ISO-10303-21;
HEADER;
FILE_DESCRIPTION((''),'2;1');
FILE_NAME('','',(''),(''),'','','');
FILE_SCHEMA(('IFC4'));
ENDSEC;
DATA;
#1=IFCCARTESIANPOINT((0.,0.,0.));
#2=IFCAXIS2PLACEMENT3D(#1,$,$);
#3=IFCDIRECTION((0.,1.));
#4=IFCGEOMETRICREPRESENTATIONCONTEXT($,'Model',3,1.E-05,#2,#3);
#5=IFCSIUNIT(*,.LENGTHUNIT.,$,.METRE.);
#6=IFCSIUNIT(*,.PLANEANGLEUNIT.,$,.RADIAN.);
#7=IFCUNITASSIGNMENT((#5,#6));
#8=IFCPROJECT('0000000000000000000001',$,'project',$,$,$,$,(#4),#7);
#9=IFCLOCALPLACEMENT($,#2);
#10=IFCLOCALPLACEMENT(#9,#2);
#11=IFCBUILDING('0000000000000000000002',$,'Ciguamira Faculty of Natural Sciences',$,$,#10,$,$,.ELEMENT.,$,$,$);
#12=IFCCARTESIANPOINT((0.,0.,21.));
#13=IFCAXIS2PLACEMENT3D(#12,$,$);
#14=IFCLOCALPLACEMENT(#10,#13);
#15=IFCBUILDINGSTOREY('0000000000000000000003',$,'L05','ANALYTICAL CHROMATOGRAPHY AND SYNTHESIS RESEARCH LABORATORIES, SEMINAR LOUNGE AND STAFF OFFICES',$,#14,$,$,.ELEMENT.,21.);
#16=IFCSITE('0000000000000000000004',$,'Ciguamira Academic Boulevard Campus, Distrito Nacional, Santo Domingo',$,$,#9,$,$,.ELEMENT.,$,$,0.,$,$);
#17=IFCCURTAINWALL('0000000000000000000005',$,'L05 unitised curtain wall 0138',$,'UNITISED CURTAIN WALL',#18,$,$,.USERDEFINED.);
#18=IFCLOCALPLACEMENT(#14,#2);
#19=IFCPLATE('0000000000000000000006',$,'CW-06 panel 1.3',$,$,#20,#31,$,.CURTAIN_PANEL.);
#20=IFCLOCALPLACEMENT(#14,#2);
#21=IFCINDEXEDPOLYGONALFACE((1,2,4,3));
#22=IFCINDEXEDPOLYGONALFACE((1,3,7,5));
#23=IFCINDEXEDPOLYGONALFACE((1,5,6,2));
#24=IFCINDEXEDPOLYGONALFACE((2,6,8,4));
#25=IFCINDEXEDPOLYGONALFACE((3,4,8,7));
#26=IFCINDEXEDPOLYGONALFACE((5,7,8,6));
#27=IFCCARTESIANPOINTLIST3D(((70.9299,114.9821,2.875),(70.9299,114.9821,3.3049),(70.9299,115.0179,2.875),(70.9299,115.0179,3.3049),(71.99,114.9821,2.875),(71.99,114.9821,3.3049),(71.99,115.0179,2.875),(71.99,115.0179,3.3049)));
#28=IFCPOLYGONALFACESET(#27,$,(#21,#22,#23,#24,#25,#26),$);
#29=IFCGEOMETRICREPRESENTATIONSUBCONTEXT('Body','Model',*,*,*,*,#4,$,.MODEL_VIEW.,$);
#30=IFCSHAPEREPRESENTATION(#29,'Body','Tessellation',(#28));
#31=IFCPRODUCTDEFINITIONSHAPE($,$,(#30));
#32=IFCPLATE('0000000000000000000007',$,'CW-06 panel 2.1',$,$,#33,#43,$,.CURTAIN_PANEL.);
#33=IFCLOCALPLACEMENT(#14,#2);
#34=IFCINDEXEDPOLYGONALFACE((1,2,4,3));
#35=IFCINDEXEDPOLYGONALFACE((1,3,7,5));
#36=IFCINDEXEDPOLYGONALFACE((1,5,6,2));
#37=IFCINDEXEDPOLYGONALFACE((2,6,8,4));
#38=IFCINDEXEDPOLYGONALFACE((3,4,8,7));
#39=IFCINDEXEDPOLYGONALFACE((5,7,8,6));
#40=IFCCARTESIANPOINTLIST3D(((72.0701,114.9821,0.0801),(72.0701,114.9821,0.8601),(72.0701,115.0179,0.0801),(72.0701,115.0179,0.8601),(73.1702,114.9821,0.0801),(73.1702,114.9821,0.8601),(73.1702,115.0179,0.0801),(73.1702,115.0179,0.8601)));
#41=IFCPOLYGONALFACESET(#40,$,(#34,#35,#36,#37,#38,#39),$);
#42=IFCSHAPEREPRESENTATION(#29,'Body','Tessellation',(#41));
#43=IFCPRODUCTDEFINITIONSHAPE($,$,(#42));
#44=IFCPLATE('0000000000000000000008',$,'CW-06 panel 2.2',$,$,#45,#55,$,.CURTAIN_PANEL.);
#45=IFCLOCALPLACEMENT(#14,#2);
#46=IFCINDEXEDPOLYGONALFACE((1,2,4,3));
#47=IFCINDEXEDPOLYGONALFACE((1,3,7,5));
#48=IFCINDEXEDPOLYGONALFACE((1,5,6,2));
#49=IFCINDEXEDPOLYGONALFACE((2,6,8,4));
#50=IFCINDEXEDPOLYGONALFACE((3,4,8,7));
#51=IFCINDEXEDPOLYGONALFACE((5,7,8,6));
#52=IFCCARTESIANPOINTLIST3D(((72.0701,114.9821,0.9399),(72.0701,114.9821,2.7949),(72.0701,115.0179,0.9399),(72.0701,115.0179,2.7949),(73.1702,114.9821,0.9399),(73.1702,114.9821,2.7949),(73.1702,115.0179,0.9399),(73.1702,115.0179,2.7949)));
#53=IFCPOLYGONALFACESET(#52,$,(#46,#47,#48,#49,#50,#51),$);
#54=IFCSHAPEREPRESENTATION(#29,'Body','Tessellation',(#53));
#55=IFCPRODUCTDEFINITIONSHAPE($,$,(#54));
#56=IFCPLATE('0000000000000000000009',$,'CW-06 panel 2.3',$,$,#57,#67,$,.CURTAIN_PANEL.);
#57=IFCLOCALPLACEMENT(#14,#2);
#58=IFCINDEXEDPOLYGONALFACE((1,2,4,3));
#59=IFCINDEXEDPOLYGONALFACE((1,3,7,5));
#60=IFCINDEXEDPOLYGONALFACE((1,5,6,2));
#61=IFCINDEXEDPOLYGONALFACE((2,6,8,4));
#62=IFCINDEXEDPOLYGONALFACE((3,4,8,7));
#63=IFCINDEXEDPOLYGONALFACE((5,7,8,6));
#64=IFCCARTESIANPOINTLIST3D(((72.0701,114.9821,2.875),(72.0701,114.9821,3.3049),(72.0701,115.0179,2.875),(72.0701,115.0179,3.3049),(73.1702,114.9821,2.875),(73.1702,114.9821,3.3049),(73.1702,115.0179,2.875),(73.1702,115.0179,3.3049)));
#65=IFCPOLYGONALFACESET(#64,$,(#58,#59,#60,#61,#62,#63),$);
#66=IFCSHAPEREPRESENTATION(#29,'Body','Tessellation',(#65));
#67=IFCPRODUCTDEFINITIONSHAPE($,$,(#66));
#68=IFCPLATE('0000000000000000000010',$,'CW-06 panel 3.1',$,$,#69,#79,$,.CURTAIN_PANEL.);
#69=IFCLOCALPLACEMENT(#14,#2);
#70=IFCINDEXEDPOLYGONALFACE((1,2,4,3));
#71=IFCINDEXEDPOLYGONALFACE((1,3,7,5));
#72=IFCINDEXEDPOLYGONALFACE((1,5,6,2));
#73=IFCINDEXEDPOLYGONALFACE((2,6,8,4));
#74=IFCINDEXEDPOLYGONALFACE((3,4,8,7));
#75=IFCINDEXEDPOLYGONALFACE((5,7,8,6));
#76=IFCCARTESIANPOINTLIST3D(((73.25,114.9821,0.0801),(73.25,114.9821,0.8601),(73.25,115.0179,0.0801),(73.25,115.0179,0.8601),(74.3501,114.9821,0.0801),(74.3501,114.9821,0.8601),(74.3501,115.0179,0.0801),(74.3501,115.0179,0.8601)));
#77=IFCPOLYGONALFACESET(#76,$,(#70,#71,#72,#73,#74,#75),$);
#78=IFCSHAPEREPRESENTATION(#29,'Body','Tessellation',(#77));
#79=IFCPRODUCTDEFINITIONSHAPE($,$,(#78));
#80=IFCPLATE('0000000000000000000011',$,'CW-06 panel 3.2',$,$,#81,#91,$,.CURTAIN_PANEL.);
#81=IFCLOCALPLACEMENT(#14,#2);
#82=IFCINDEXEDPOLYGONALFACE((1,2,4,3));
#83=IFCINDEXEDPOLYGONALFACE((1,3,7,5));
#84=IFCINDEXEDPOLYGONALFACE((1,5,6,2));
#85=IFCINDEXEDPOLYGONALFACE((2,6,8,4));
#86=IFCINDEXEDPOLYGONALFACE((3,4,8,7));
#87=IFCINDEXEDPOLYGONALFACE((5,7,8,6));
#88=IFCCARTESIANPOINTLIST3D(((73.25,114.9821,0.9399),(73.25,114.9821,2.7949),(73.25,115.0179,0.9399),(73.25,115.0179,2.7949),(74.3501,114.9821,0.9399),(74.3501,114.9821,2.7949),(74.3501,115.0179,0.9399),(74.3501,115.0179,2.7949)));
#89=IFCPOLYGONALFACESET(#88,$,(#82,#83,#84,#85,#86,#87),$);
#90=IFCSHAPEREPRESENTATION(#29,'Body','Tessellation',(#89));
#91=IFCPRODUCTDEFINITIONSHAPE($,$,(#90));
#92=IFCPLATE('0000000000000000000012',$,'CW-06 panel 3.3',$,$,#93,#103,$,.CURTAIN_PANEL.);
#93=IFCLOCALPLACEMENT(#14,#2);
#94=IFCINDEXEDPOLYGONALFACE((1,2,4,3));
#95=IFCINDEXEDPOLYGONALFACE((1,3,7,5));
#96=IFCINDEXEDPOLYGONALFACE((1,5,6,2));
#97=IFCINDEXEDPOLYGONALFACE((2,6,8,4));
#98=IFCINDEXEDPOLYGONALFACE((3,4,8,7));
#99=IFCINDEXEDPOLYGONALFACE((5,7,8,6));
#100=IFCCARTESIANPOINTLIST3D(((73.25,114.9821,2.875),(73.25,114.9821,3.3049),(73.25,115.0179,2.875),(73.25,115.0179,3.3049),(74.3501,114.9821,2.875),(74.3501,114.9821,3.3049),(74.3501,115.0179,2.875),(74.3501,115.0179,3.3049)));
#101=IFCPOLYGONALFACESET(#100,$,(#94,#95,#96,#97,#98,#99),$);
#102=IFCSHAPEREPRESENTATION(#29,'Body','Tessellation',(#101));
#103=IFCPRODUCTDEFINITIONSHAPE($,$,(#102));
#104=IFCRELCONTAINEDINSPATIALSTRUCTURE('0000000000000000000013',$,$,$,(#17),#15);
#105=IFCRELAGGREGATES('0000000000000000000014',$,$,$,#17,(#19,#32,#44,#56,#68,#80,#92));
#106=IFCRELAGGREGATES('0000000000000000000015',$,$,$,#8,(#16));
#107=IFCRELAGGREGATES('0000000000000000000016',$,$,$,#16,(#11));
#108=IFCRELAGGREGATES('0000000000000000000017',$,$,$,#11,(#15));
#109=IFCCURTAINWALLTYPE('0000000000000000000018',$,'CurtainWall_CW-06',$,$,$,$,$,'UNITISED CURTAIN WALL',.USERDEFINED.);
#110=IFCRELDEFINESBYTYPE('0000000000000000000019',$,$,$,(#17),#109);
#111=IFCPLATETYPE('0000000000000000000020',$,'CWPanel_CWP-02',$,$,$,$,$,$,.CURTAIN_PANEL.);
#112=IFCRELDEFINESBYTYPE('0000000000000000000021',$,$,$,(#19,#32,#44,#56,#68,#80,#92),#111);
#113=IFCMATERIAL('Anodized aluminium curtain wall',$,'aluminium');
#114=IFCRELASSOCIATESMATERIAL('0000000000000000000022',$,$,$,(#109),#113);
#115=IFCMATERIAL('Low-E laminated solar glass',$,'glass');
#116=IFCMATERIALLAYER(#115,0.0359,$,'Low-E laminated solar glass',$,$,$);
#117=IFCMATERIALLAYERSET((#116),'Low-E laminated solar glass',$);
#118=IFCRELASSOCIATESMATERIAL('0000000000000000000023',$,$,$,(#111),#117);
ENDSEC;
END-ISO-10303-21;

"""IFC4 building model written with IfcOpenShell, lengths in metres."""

from ifc_helpers import new_model, si_unit, direction, frame, origin, origin_2d, place, context, subcontext, project, spatial, rectangle, extrude, material, layer, layer_set, type_object, element, aggregate, save


model = new_model("IFC4")

# Units and contexts
model_context = context("Model", 3, precision=1e-05, world=origin(), true_north=direction((0.0, 1.0)))
body_context = subcontext(model_context, "Body", "Model", "MODEL_VIEW")
ifc_project = project(units=[si_unit("LENGTHUNIT", "METRE"), si_unit("PLANEANGLEUNIT", "RADIAN")], contexts=[model_context])

# Site, building, storey
site_placement = place(None, origin())
site = spatial("IfcSite", under=ifc_project, at=site_placement, Name="Ciguamira Academic Boulevard Campus, Distrito Nacional, Santo Domingo", CompositionType="ELEMENT", RefElevation=0.0)
building_placement = place(site_placement, origin())
building = spatial("IfcBuilding", under=site, at=building_placement, Name="Ciguamira Faculty of Natural Sciences", CompositionType="ELEMENT")
storey_placement = place(building_placement, frame((0.0, 0.0, 21.0)))
storey = spatial("IfcBuildingStorey", under=building, at=storey_placement, Name="L05", Description="ANALYTICAL CHROMATOGRAPHY AND SYNTHESIS RESEARCH LABORATORIES, SEMINAR LOUNGE AND STAFF OFFICES", CompositionType="ELEMENT", Elevation=21.0)

# Curtain wall
ifc_material_1 = material(Name="Anodized aluminium curtain wall", Category="aluminium")
curtain_wall_type = type_object("IfcCurtainWallType", Name="CurtainWall_CW-06", ElementType="UNITISED CURTAIN WALL", PredefinedType="USERDEFINED", material=ifc_material_1)
curtain_wall_placement = place(storey_placement, origin())
curtain_wall = element("IfcCurtainWall", 1, at=curtain_wall_placement, inside=storey, type_object=curtain_wall_type, Name="L05 unitised curtain wall 0138", ObjectType="UNITISED CURTAIN WALL", PredefinedType="USERDEFINED")

# Plates
ifc_material_2 = material(Name="Low-E laminated solar glass", Category="glass")
ifc_layer = layer(ifc_material_2, 0.0359, Name="Low-E laminated solar glass")
ifc_layer_set = layer_set([ifc_layer], Name="Low-E laminated solar glass")
plate_type = type_object("IfcPlateType", Name="CWPanel_CWP-02", PredefinedType="CURTAIN_PANEL", material=ifc_layer_set)
plate_1_placement = place(storey_placement, frame((71.46, 115.0, 2.875), z_axis=(0.0, 0.0, 1.0), x_axis=(1.0, 0.0, 0.0)))
plate_1 = element("IfcPlate", 2, at=plate_1_placement, type_object=plate_type, Name="CW-06 panel 1.3", PredefinedType="CURTAIN_PANEL", context=body_context, shape_type="SweptSolid", body=[
    extrude(rectangle(XDim=1.0601, YDim=0.0359, at=origin_2d()), origin(), (0.0, 0.0, 1.0), 0.4299),
])
plate_2_placement = place(storey_placement, frame((72.6201, 115.0, 0.0801), z_axis=(0.0, 0.0, 1.0), x_axis=(1.0, 0.0, 0.0)))
plate_2 = element("IfcPlate", 3, at=plate_2_placement, type_object=plate_type, Name="CW-06 panel 2.1", PredefinedType="CURTAIN_PANEL", context=body_context, shape_type="SweptSolid", body=[
    extrude(rectangle(XDim=1.1001, YDim=0.0359, at=origin_2d()), origin(), (0.0, 0.0, 1.0), 0.78),
])
plate_3_placement = place(storey_placement, frame((72.6201, 115.0, 0.9399), z_axis=(0.0, 0.0, 1.0), x_axis=(1.0, 0.0, 0.0)))
plate_3 = element("IfcPlate", 4, at=plate_3_placement, type_object=plate_type, Name="CW-06 panel 2.2", PredefinedType="CURTAIN_PANEL", context=body_context, shape_type="SweptSolid", body=[
    extrude(rectangle(XDim=1.1001, YDim=0.0359, at=origin_2d()), origin(), (0.0, 0.0, 1.0), 1.855),
])
plate_4_placement = place(storey_placement, frame((72.6201, 115.0, 2.875), z_axis=(0.0, 0.0, 1.0), x_axis=(1.0, 0.0, 0.0)))
plate_4 = element("IfcPlate", 5, at=plate_4_placement, type_object=plate_type, Name="CW-06 panel 2.3", PredefinedType="CURTAIN_PANEL", context=body_context, shape_type="SweptSolid", body=[
    extrude(rectangle(XDim=1.1001, YDim=0.0359, at=origin_2d()), origin(), (0.0, 0.0, 1.0), 0.4299),
])
plate_5_placement = place(storey_placement, frame((73.8, 115.0, 0.0801), z_axis=(0.0, 0.0, 1.0), x_axis=(1.0, 0.0, 0.0)))
plate_5 = element("IfcPlate", 6, at=plate_5_placement, type_object=plate_type, Name="CW-06 panel 3.1", PredefinedType="CURTAIN_PANEL", context=body_context, shape_type="SweptSolid", body=[
    extrude(rectangle(XDim=1.1001, YDim=0.0359, at=origin_2d()), origin(), (0.0, 0.0, 1.0), 0.78),
])
plate_6_placement = place(storey_placement, frame((73.8, 115.0, 0.9399), z_axis=(0.0, 0.0, 1.0), x_axis=(1.0, 0.0, 0.0)))
plate_6 = element("IfcPlate", 7, at=plate_6_placement, type_object=plate_type, Name="CW-06 panel 3.2", PredefinedType="CURTAIN_PANEL", context=body_context, shape_type="SweptSolid", body=[
    extrude(rectangle(XDim=1.1001, YDim=0.0359, at=origin_2d()), origin(), (0.0, 0.0, 1.0), 1.855),
])
plate_7_placement = place(storey_placement, frame((73.8, 115.0, 2.875), z_axis=(0.0, 0.0, 1.0), x_axis=(1.0, 0.0, 0.0)))
plate_7 = element("IfcPlate", 8, at=plate_7_placement, type_object=plate_type, Name="CW-06 panel 3.3", PredefinedType="CURTAIN_PANEL", context=body_context, shape_type="SweptSolid", body=[
    extrude(rectangle(XDim=1.1001, YDim=0.0359, at=origin_2d()), origin(), (0.0, 0.0, 1.0), 0.4299),
])
aggregate(curtain_wall, [plate_1, plate_2, plate_3, plate_4, plate_5, plate_6, plate_7])

save(model, "model.ifc")
